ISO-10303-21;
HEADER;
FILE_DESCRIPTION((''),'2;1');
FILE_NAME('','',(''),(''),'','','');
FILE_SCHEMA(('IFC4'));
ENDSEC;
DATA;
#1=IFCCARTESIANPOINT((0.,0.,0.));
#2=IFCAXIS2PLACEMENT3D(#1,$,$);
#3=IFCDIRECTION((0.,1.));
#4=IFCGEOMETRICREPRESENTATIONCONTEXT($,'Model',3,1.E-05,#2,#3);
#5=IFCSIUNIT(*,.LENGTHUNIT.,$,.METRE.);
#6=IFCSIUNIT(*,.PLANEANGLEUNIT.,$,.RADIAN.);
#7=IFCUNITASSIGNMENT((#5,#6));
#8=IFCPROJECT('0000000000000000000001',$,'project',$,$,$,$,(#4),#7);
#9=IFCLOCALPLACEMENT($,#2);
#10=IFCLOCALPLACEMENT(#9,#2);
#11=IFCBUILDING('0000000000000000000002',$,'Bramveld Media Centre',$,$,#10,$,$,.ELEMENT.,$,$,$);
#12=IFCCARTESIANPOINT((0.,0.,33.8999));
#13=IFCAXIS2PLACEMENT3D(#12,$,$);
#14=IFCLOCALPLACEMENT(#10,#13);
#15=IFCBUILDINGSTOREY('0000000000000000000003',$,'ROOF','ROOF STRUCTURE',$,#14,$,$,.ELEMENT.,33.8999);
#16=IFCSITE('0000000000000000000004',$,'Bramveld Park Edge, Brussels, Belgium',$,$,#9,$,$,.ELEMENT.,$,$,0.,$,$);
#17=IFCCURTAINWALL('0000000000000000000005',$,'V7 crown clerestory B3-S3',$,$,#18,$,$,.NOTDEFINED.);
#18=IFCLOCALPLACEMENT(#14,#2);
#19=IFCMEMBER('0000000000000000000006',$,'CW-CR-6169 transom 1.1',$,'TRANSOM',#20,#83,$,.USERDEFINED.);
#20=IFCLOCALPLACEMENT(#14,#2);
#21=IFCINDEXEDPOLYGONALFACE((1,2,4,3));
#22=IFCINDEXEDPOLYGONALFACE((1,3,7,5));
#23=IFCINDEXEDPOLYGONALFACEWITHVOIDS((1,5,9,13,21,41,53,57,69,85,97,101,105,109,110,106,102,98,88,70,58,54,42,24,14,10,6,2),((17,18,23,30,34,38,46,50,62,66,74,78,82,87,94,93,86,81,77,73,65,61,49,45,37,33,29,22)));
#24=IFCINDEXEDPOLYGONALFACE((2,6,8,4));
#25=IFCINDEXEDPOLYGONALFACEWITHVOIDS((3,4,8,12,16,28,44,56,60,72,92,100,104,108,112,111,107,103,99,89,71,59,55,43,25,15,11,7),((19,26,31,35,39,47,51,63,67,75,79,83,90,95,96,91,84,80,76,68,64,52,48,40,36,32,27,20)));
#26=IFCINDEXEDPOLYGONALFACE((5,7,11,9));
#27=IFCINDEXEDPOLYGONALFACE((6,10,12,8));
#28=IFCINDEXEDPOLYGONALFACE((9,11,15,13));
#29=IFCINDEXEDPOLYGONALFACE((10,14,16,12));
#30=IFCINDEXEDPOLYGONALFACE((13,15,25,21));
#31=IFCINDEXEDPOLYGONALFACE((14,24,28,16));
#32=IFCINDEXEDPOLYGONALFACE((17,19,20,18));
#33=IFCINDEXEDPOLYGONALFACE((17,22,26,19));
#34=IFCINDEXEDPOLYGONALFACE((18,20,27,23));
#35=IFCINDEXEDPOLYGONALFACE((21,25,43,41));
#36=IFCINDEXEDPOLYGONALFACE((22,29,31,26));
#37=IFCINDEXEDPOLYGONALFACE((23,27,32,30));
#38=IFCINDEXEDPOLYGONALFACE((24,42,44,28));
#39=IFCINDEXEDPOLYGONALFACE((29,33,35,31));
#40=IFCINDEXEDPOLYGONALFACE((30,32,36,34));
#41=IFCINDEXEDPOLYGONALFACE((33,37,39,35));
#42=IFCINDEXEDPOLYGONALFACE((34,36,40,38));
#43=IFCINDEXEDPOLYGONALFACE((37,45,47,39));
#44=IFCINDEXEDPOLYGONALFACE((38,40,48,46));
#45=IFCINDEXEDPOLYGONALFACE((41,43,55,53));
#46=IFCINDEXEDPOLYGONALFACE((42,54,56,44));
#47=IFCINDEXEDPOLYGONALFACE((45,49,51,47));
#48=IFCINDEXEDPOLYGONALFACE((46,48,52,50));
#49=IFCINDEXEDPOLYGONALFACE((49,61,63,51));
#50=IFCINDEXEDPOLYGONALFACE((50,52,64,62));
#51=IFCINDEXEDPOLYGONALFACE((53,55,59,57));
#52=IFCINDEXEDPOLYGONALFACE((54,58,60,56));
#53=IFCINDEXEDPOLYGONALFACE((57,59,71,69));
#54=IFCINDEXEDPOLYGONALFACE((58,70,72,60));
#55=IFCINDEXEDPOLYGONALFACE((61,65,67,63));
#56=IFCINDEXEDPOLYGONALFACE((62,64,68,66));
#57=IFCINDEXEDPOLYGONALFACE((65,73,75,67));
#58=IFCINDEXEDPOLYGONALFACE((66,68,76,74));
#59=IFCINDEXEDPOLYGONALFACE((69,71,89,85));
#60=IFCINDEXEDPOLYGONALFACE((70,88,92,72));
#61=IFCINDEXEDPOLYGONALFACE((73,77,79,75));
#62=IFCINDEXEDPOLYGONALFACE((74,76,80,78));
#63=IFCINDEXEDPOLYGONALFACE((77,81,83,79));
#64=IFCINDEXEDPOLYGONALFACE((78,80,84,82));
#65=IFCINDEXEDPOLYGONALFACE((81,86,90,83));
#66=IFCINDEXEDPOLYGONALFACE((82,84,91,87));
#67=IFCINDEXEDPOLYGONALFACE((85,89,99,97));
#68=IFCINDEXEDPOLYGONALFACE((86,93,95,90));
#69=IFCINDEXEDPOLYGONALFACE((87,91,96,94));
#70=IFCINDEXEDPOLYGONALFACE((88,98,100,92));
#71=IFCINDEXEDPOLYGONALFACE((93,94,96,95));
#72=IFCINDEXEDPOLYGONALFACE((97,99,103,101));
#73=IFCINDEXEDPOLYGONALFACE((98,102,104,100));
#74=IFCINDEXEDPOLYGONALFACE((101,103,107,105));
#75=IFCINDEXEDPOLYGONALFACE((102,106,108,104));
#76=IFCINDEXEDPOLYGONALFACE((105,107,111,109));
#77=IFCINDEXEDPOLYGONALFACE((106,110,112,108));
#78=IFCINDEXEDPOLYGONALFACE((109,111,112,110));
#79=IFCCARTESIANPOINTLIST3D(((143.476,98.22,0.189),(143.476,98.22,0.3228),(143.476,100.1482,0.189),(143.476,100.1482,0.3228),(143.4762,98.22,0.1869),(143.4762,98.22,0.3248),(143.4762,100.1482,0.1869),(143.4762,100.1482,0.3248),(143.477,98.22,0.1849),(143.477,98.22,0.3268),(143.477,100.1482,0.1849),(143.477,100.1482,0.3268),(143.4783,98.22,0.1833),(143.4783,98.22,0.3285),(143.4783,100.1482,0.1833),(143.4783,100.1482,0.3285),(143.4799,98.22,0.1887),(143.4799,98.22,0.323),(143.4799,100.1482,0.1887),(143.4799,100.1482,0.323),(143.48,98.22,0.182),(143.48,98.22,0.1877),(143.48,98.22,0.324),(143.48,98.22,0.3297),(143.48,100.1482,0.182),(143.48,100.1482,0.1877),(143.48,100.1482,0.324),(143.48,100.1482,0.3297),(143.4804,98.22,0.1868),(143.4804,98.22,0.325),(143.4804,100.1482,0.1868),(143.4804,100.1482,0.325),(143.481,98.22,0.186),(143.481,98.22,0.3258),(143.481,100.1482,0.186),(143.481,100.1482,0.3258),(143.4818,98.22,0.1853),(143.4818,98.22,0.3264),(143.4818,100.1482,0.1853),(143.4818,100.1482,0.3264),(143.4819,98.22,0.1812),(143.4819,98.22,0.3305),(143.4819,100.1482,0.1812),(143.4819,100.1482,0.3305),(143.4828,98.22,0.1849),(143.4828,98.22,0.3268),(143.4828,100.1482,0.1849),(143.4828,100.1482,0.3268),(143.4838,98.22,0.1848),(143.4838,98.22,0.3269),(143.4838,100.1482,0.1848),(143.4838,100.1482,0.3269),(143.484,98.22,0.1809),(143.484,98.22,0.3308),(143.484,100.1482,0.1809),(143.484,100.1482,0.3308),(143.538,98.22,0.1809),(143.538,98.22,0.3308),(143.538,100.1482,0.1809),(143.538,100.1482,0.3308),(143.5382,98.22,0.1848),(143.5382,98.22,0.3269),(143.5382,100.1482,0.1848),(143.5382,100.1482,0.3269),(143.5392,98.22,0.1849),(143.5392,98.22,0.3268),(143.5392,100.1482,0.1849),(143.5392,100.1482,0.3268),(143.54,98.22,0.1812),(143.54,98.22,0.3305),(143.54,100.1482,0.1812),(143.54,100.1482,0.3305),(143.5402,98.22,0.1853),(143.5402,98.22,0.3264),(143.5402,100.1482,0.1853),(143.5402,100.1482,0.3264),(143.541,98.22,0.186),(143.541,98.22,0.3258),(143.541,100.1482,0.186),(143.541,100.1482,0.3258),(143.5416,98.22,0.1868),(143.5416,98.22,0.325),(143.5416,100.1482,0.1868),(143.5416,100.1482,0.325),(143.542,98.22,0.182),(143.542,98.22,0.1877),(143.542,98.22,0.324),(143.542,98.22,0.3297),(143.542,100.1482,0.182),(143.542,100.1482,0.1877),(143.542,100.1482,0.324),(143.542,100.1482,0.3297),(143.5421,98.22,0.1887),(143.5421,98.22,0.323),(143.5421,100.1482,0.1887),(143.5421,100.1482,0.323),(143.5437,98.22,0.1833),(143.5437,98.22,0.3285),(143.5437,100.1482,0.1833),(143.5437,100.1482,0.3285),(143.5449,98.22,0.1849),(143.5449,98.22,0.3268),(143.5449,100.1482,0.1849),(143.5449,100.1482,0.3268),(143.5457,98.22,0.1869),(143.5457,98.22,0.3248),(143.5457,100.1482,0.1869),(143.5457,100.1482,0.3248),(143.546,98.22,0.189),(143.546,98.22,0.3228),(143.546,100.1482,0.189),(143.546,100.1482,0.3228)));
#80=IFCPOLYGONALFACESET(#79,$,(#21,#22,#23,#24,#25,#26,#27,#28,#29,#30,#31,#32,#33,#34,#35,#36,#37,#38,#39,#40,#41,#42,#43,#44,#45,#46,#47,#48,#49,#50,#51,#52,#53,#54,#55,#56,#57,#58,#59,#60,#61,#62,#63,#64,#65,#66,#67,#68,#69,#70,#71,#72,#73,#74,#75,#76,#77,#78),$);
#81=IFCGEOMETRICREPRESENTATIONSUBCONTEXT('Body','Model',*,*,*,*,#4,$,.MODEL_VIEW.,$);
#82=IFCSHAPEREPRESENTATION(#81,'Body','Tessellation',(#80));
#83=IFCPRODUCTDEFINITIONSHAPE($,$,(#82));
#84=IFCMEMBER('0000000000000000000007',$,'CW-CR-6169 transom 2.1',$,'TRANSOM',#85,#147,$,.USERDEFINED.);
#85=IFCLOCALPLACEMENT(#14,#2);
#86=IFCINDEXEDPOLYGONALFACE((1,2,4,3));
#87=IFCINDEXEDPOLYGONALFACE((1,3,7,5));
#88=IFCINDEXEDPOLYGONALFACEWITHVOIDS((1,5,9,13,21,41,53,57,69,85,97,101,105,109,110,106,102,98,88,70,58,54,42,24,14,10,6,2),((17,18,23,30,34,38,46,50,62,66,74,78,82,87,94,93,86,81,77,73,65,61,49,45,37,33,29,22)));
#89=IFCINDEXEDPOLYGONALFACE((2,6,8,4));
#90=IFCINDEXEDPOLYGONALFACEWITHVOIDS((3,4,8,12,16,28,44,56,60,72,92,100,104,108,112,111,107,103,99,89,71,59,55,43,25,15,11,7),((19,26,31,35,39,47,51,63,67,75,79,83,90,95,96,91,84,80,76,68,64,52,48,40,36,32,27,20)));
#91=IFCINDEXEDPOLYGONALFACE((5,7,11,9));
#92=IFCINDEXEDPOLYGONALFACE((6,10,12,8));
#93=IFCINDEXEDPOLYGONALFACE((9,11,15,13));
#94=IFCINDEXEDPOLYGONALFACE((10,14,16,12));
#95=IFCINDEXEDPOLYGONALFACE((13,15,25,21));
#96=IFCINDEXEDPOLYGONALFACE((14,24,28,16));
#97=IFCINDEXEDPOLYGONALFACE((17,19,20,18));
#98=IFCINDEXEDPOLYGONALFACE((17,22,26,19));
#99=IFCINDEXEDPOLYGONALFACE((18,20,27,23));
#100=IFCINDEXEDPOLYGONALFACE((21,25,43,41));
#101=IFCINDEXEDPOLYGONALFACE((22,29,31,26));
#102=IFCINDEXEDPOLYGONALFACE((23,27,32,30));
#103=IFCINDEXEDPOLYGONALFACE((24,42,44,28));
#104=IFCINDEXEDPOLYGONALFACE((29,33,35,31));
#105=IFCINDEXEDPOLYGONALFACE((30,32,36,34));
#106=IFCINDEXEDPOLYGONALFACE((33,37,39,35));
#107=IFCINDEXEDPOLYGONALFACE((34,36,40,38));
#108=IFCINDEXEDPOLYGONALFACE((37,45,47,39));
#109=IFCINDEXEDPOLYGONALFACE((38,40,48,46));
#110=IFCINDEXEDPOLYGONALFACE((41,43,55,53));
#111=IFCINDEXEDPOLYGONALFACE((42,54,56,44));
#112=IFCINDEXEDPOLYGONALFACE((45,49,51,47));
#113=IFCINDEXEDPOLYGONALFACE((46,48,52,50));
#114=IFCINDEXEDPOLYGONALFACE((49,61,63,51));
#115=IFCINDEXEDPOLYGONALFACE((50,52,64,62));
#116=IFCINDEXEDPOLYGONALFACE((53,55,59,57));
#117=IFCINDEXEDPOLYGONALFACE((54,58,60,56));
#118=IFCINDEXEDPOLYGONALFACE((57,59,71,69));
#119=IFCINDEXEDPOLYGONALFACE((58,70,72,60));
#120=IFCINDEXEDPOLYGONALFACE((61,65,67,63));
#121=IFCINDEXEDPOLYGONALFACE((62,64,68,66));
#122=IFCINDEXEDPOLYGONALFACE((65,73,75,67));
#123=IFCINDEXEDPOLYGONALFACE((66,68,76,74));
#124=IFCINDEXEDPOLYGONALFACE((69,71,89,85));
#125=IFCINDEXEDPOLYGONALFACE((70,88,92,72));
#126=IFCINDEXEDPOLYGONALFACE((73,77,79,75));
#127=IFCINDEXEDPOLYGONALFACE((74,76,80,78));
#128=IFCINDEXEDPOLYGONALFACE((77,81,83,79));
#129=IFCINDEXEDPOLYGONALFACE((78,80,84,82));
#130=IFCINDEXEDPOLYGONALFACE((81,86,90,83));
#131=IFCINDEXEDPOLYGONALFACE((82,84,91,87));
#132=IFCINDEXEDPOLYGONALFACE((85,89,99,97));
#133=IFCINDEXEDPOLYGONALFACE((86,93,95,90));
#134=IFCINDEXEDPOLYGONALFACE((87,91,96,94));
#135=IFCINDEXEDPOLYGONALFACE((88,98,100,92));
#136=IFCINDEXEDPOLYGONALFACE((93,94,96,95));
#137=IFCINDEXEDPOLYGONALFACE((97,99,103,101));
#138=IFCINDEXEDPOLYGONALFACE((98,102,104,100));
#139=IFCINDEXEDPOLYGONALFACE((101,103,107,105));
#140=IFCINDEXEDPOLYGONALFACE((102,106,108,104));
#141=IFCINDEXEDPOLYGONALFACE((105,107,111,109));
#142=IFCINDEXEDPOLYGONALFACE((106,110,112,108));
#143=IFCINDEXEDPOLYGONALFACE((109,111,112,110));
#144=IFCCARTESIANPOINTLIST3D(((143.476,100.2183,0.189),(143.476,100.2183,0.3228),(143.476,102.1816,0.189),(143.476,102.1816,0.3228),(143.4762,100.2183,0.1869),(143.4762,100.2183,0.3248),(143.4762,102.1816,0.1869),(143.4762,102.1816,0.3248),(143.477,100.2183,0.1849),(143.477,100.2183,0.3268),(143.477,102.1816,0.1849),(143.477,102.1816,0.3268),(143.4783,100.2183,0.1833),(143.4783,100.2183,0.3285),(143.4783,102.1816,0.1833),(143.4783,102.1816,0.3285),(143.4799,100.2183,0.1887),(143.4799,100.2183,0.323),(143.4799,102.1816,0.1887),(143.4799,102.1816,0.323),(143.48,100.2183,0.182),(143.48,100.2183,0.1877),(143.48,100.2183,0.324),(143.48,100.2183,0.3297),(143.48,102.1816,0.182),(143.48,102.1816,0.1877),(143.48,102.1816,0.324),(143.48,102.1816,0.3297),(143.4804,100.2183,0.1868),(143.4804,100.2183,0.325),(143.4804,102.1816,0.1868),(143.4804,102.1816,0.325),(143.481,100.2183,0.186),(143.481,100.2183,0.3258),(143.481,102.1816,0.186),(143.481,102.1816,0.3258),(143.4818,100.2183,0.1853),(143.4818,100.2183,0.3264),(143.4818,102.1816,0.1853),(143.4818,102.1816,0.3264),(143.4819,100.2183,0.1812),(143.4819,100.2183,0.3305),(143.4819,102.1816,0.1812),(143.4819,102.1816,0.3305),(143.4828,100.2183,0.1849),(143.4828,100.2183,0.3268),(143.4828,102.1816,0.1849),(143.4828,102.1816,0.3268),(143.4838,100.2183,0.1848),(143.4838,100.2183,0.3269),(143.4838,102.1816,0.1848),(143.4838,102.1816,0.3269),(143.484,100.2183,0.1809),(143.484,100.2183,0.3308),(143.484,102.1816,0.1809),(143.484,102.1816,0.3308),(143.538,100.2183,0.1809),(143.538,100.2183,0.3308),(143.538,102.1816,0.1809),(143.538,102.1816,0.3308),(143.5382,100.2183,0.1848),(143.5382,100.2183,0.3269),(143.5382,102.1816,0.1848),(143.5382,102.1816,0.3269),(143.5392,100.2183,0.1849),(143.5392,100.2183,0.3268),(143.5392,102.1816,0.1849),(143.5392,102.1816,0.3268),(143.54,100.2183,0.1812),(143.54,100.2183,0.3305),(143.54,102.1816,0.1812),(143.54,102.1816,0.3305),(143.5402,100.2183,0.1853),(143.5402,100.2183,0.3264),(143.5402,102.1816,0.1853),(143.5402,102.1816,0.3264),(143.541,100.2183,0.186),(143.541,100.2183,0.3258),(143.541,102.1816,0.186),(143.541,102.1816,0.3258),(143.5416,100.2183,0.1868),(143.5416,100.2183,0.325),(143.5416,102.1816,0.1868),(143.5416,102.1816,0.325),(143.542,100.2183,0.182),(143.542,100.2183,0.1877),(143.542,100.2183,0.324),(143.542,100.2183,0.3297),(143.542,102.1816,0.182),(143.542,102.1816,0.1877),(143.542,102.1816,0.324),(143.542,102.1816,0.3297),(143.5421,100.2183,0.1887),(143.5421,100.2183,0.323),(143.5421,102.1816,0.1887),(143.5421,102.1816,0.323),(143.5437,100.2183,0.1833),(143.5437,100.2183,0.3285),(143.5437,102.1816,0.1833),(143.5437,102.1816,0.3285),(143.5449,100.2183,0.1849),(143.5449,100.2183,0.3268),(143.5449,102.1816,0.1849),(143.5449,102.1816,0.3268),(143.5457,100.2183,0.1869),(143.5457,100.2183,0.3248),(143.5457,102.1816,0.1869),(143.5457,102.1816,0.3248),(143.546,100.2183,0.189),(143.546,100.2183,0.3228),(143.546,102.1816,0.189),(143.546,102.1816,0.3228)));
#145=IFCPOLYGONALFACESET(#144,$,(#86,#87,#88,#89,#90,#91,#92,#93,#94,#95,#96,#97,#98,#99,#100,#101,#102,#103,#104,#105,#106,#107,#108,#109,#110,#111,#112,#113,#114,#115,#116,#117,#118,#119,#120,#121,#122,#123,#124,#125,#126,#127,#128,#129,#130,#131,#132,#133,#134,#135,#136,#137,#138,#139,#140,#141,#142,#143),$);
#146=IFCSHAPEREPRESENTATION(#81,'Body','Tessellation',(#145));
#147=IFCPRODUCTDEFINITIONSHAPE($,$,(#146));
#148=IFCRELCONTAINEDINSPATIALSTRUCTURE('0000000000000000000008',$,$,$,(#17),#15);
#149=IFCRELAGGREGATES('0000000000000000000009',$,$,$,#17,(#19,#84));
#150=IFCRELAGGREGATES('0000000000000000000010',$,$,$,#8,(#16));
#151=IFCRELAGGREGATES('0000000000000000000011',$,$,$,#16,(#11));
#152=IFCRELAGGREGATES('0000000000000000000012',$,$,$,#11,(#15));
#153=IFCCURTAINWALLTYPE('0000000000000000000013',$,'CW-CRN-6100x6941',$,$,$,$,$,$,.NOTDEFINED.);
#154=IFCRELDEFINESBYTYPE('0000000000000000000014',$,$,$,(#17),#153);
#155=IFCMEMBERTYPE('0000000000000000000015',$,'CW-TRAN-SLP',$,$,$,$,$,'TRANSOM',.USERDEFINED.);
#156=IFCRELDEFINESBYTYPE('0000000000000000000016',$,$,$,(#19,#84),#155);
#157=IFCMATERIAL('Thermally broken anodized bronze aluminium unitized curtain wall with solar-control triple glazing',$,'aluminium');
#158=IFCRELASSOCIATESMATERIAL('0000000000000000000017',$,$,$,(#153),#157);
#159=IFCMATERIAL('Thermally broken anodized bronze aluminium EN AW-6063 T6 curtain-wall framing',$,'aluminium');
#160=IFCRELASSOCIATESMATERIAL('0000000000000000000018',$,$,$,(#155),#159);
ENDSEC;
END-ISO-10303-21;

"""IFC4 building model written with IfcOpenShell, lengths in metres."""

from ifc_helpers import new_model, si_unit, direction, frame, origin, origin_2d, place, context, subcontext, project, spatial, hollow_rectangle, extrude, material, material_profile, profile_set, type_object, element, aggregate, save


model = new_model("IFC4")

# Units and contexts
model_context = context("Model", 3, precision=1e-05, world=origin(), true_north=direction((0.0, 1.0)))
body_context = subcontext(model_context, "Body", "Model", "MODEL_VIEW")
ifc_project = project(units=[si_unit("LENGTHUNIT", "METRE"), si_unit("PLANEANGLEUNIT", "RADIAN")], contexts=[model_context])

# Site, building, storey
site_placement = place(None, origin())
site = spatial("IfcSite", under=ifc_project, at=site_placement, Name="Bramveld Park Edge, Brussels, Belgium", CompositionType="ELEMENT", RefElevation=0.0)
building_placement = place(site_placement, origin())
building = spatial("IfcBuilding", under=site, at=building_placement, Name="Bramveld Media Centre", CompositionType="ELEMENT")
storey_placement = place(building_placement, frame((0.0, 0.0, 33.8999)))
storey = spatial("IfcBuildingStorey", under=building, at=storey_placement, Name="ROOF", Description="ROOF STRUCTURE", CompositionType="ELEMENT", Elevation=33.8999)

# Curtain wall, members
ifc_material_1 = material(Name="Thermally broken anodized bronze aluminium unitized curtain wall with solar-control triple glazing", Category="aluminium")
curtain_wall_type = type_object("IfcCurtainWallType", Name="CW-CRN-6100x6941", PredefinedType="NOTDEFINED", material=ifc_material_1)
curtain_wall_1_placement = place(storey_placement, origin())
curtain_wall_1 = element("IfcCurtainWall", 1, at=curtain_wall_1_placement, inside=storey, type_object=curtain_wall_type, Name="V7 crown clerestory B3-S3", PredefinedType="NOTDEFINED")
ifc_material_2 = material(Name="Thermally broken anodized bronze aluminium EN AW-6063 T6 curtain-wall framing", Category="aluminium")
ifc_material_profile_1 = material_profile(ifc_material_2, hollow_rectangle(XDim=0.0701, YDim=0.1499, WallThickness=0.0039, InnerFilletRadius=0.0039, OuterFilletRadius=0.0081, at=origin_2d()), Name="AL-TRAN 70x150")
ifc_profile_set_1 = profile_set([ifc_material_profile_1], Name="Thermally broken anodized bronze aluminium EN AW-6063 T6 curtain-wall framing")
member_type_1 = type_object("IfcMemberType", Name="CW-TRAN-SLP", ElementType="TRANSOM", PredefinedType="USERDEFINED", material=ifc_profile_set_1)
member_1_placement = place(storey_placement, frame((143.511, 98.22, 0.2559), z_axis=(0.0, 1.0, 0.0), x_axis=(-1.0, 0.0, 0.0)))
member_1 = element("IfcMember", 2, at=member_1_placement, type_object=member_type_1, Name="CW-CR-6169 transom 1.1", ObjectType="TRANSOM", PredefinedType="USERDEFINED", context=body_context, shape_type="SweptSolid", body=[
    extrude(hollow_rectangle(XDim=0.0701, YDim=0.1499, WallThickness=0.0039, InnerFilletRadius=0.0039, OuterFilletRadius=0.0081, at=origin_2d()), origin(), (0.0, 0.0, 1.0), 1.9282),
])
member_2_placement = place(storey_placement, frame((143.511, 100.2183, 0.2559), z_axis=(0.0, 1.0, 0.0), x_axis=(-1.0, 0.0, 0.0)))
member_2 = element("IfcMember", 3, at=member_2_placement, type_object=member_type_1, Name="CW-CR-6169 transom 2.1", ObjectType="TRANSOM", PredefinedType="USERDEFINED", context=body_context, shape_type="SweptSolid", body=[
    extrude(hollow_rectangle(XDim=0.0701, YDim=0.1499, WallThickness=0.0039, InnerFilletRadius=0.0039, OuterFilletRadius=0.0081, at=origin_2d()), origin(), (0.0, 0.0, 1.0), 1.9634),
])

aggregate(curtain_wall_1, [member_1, member_2])

save(model, "model.ifc")
